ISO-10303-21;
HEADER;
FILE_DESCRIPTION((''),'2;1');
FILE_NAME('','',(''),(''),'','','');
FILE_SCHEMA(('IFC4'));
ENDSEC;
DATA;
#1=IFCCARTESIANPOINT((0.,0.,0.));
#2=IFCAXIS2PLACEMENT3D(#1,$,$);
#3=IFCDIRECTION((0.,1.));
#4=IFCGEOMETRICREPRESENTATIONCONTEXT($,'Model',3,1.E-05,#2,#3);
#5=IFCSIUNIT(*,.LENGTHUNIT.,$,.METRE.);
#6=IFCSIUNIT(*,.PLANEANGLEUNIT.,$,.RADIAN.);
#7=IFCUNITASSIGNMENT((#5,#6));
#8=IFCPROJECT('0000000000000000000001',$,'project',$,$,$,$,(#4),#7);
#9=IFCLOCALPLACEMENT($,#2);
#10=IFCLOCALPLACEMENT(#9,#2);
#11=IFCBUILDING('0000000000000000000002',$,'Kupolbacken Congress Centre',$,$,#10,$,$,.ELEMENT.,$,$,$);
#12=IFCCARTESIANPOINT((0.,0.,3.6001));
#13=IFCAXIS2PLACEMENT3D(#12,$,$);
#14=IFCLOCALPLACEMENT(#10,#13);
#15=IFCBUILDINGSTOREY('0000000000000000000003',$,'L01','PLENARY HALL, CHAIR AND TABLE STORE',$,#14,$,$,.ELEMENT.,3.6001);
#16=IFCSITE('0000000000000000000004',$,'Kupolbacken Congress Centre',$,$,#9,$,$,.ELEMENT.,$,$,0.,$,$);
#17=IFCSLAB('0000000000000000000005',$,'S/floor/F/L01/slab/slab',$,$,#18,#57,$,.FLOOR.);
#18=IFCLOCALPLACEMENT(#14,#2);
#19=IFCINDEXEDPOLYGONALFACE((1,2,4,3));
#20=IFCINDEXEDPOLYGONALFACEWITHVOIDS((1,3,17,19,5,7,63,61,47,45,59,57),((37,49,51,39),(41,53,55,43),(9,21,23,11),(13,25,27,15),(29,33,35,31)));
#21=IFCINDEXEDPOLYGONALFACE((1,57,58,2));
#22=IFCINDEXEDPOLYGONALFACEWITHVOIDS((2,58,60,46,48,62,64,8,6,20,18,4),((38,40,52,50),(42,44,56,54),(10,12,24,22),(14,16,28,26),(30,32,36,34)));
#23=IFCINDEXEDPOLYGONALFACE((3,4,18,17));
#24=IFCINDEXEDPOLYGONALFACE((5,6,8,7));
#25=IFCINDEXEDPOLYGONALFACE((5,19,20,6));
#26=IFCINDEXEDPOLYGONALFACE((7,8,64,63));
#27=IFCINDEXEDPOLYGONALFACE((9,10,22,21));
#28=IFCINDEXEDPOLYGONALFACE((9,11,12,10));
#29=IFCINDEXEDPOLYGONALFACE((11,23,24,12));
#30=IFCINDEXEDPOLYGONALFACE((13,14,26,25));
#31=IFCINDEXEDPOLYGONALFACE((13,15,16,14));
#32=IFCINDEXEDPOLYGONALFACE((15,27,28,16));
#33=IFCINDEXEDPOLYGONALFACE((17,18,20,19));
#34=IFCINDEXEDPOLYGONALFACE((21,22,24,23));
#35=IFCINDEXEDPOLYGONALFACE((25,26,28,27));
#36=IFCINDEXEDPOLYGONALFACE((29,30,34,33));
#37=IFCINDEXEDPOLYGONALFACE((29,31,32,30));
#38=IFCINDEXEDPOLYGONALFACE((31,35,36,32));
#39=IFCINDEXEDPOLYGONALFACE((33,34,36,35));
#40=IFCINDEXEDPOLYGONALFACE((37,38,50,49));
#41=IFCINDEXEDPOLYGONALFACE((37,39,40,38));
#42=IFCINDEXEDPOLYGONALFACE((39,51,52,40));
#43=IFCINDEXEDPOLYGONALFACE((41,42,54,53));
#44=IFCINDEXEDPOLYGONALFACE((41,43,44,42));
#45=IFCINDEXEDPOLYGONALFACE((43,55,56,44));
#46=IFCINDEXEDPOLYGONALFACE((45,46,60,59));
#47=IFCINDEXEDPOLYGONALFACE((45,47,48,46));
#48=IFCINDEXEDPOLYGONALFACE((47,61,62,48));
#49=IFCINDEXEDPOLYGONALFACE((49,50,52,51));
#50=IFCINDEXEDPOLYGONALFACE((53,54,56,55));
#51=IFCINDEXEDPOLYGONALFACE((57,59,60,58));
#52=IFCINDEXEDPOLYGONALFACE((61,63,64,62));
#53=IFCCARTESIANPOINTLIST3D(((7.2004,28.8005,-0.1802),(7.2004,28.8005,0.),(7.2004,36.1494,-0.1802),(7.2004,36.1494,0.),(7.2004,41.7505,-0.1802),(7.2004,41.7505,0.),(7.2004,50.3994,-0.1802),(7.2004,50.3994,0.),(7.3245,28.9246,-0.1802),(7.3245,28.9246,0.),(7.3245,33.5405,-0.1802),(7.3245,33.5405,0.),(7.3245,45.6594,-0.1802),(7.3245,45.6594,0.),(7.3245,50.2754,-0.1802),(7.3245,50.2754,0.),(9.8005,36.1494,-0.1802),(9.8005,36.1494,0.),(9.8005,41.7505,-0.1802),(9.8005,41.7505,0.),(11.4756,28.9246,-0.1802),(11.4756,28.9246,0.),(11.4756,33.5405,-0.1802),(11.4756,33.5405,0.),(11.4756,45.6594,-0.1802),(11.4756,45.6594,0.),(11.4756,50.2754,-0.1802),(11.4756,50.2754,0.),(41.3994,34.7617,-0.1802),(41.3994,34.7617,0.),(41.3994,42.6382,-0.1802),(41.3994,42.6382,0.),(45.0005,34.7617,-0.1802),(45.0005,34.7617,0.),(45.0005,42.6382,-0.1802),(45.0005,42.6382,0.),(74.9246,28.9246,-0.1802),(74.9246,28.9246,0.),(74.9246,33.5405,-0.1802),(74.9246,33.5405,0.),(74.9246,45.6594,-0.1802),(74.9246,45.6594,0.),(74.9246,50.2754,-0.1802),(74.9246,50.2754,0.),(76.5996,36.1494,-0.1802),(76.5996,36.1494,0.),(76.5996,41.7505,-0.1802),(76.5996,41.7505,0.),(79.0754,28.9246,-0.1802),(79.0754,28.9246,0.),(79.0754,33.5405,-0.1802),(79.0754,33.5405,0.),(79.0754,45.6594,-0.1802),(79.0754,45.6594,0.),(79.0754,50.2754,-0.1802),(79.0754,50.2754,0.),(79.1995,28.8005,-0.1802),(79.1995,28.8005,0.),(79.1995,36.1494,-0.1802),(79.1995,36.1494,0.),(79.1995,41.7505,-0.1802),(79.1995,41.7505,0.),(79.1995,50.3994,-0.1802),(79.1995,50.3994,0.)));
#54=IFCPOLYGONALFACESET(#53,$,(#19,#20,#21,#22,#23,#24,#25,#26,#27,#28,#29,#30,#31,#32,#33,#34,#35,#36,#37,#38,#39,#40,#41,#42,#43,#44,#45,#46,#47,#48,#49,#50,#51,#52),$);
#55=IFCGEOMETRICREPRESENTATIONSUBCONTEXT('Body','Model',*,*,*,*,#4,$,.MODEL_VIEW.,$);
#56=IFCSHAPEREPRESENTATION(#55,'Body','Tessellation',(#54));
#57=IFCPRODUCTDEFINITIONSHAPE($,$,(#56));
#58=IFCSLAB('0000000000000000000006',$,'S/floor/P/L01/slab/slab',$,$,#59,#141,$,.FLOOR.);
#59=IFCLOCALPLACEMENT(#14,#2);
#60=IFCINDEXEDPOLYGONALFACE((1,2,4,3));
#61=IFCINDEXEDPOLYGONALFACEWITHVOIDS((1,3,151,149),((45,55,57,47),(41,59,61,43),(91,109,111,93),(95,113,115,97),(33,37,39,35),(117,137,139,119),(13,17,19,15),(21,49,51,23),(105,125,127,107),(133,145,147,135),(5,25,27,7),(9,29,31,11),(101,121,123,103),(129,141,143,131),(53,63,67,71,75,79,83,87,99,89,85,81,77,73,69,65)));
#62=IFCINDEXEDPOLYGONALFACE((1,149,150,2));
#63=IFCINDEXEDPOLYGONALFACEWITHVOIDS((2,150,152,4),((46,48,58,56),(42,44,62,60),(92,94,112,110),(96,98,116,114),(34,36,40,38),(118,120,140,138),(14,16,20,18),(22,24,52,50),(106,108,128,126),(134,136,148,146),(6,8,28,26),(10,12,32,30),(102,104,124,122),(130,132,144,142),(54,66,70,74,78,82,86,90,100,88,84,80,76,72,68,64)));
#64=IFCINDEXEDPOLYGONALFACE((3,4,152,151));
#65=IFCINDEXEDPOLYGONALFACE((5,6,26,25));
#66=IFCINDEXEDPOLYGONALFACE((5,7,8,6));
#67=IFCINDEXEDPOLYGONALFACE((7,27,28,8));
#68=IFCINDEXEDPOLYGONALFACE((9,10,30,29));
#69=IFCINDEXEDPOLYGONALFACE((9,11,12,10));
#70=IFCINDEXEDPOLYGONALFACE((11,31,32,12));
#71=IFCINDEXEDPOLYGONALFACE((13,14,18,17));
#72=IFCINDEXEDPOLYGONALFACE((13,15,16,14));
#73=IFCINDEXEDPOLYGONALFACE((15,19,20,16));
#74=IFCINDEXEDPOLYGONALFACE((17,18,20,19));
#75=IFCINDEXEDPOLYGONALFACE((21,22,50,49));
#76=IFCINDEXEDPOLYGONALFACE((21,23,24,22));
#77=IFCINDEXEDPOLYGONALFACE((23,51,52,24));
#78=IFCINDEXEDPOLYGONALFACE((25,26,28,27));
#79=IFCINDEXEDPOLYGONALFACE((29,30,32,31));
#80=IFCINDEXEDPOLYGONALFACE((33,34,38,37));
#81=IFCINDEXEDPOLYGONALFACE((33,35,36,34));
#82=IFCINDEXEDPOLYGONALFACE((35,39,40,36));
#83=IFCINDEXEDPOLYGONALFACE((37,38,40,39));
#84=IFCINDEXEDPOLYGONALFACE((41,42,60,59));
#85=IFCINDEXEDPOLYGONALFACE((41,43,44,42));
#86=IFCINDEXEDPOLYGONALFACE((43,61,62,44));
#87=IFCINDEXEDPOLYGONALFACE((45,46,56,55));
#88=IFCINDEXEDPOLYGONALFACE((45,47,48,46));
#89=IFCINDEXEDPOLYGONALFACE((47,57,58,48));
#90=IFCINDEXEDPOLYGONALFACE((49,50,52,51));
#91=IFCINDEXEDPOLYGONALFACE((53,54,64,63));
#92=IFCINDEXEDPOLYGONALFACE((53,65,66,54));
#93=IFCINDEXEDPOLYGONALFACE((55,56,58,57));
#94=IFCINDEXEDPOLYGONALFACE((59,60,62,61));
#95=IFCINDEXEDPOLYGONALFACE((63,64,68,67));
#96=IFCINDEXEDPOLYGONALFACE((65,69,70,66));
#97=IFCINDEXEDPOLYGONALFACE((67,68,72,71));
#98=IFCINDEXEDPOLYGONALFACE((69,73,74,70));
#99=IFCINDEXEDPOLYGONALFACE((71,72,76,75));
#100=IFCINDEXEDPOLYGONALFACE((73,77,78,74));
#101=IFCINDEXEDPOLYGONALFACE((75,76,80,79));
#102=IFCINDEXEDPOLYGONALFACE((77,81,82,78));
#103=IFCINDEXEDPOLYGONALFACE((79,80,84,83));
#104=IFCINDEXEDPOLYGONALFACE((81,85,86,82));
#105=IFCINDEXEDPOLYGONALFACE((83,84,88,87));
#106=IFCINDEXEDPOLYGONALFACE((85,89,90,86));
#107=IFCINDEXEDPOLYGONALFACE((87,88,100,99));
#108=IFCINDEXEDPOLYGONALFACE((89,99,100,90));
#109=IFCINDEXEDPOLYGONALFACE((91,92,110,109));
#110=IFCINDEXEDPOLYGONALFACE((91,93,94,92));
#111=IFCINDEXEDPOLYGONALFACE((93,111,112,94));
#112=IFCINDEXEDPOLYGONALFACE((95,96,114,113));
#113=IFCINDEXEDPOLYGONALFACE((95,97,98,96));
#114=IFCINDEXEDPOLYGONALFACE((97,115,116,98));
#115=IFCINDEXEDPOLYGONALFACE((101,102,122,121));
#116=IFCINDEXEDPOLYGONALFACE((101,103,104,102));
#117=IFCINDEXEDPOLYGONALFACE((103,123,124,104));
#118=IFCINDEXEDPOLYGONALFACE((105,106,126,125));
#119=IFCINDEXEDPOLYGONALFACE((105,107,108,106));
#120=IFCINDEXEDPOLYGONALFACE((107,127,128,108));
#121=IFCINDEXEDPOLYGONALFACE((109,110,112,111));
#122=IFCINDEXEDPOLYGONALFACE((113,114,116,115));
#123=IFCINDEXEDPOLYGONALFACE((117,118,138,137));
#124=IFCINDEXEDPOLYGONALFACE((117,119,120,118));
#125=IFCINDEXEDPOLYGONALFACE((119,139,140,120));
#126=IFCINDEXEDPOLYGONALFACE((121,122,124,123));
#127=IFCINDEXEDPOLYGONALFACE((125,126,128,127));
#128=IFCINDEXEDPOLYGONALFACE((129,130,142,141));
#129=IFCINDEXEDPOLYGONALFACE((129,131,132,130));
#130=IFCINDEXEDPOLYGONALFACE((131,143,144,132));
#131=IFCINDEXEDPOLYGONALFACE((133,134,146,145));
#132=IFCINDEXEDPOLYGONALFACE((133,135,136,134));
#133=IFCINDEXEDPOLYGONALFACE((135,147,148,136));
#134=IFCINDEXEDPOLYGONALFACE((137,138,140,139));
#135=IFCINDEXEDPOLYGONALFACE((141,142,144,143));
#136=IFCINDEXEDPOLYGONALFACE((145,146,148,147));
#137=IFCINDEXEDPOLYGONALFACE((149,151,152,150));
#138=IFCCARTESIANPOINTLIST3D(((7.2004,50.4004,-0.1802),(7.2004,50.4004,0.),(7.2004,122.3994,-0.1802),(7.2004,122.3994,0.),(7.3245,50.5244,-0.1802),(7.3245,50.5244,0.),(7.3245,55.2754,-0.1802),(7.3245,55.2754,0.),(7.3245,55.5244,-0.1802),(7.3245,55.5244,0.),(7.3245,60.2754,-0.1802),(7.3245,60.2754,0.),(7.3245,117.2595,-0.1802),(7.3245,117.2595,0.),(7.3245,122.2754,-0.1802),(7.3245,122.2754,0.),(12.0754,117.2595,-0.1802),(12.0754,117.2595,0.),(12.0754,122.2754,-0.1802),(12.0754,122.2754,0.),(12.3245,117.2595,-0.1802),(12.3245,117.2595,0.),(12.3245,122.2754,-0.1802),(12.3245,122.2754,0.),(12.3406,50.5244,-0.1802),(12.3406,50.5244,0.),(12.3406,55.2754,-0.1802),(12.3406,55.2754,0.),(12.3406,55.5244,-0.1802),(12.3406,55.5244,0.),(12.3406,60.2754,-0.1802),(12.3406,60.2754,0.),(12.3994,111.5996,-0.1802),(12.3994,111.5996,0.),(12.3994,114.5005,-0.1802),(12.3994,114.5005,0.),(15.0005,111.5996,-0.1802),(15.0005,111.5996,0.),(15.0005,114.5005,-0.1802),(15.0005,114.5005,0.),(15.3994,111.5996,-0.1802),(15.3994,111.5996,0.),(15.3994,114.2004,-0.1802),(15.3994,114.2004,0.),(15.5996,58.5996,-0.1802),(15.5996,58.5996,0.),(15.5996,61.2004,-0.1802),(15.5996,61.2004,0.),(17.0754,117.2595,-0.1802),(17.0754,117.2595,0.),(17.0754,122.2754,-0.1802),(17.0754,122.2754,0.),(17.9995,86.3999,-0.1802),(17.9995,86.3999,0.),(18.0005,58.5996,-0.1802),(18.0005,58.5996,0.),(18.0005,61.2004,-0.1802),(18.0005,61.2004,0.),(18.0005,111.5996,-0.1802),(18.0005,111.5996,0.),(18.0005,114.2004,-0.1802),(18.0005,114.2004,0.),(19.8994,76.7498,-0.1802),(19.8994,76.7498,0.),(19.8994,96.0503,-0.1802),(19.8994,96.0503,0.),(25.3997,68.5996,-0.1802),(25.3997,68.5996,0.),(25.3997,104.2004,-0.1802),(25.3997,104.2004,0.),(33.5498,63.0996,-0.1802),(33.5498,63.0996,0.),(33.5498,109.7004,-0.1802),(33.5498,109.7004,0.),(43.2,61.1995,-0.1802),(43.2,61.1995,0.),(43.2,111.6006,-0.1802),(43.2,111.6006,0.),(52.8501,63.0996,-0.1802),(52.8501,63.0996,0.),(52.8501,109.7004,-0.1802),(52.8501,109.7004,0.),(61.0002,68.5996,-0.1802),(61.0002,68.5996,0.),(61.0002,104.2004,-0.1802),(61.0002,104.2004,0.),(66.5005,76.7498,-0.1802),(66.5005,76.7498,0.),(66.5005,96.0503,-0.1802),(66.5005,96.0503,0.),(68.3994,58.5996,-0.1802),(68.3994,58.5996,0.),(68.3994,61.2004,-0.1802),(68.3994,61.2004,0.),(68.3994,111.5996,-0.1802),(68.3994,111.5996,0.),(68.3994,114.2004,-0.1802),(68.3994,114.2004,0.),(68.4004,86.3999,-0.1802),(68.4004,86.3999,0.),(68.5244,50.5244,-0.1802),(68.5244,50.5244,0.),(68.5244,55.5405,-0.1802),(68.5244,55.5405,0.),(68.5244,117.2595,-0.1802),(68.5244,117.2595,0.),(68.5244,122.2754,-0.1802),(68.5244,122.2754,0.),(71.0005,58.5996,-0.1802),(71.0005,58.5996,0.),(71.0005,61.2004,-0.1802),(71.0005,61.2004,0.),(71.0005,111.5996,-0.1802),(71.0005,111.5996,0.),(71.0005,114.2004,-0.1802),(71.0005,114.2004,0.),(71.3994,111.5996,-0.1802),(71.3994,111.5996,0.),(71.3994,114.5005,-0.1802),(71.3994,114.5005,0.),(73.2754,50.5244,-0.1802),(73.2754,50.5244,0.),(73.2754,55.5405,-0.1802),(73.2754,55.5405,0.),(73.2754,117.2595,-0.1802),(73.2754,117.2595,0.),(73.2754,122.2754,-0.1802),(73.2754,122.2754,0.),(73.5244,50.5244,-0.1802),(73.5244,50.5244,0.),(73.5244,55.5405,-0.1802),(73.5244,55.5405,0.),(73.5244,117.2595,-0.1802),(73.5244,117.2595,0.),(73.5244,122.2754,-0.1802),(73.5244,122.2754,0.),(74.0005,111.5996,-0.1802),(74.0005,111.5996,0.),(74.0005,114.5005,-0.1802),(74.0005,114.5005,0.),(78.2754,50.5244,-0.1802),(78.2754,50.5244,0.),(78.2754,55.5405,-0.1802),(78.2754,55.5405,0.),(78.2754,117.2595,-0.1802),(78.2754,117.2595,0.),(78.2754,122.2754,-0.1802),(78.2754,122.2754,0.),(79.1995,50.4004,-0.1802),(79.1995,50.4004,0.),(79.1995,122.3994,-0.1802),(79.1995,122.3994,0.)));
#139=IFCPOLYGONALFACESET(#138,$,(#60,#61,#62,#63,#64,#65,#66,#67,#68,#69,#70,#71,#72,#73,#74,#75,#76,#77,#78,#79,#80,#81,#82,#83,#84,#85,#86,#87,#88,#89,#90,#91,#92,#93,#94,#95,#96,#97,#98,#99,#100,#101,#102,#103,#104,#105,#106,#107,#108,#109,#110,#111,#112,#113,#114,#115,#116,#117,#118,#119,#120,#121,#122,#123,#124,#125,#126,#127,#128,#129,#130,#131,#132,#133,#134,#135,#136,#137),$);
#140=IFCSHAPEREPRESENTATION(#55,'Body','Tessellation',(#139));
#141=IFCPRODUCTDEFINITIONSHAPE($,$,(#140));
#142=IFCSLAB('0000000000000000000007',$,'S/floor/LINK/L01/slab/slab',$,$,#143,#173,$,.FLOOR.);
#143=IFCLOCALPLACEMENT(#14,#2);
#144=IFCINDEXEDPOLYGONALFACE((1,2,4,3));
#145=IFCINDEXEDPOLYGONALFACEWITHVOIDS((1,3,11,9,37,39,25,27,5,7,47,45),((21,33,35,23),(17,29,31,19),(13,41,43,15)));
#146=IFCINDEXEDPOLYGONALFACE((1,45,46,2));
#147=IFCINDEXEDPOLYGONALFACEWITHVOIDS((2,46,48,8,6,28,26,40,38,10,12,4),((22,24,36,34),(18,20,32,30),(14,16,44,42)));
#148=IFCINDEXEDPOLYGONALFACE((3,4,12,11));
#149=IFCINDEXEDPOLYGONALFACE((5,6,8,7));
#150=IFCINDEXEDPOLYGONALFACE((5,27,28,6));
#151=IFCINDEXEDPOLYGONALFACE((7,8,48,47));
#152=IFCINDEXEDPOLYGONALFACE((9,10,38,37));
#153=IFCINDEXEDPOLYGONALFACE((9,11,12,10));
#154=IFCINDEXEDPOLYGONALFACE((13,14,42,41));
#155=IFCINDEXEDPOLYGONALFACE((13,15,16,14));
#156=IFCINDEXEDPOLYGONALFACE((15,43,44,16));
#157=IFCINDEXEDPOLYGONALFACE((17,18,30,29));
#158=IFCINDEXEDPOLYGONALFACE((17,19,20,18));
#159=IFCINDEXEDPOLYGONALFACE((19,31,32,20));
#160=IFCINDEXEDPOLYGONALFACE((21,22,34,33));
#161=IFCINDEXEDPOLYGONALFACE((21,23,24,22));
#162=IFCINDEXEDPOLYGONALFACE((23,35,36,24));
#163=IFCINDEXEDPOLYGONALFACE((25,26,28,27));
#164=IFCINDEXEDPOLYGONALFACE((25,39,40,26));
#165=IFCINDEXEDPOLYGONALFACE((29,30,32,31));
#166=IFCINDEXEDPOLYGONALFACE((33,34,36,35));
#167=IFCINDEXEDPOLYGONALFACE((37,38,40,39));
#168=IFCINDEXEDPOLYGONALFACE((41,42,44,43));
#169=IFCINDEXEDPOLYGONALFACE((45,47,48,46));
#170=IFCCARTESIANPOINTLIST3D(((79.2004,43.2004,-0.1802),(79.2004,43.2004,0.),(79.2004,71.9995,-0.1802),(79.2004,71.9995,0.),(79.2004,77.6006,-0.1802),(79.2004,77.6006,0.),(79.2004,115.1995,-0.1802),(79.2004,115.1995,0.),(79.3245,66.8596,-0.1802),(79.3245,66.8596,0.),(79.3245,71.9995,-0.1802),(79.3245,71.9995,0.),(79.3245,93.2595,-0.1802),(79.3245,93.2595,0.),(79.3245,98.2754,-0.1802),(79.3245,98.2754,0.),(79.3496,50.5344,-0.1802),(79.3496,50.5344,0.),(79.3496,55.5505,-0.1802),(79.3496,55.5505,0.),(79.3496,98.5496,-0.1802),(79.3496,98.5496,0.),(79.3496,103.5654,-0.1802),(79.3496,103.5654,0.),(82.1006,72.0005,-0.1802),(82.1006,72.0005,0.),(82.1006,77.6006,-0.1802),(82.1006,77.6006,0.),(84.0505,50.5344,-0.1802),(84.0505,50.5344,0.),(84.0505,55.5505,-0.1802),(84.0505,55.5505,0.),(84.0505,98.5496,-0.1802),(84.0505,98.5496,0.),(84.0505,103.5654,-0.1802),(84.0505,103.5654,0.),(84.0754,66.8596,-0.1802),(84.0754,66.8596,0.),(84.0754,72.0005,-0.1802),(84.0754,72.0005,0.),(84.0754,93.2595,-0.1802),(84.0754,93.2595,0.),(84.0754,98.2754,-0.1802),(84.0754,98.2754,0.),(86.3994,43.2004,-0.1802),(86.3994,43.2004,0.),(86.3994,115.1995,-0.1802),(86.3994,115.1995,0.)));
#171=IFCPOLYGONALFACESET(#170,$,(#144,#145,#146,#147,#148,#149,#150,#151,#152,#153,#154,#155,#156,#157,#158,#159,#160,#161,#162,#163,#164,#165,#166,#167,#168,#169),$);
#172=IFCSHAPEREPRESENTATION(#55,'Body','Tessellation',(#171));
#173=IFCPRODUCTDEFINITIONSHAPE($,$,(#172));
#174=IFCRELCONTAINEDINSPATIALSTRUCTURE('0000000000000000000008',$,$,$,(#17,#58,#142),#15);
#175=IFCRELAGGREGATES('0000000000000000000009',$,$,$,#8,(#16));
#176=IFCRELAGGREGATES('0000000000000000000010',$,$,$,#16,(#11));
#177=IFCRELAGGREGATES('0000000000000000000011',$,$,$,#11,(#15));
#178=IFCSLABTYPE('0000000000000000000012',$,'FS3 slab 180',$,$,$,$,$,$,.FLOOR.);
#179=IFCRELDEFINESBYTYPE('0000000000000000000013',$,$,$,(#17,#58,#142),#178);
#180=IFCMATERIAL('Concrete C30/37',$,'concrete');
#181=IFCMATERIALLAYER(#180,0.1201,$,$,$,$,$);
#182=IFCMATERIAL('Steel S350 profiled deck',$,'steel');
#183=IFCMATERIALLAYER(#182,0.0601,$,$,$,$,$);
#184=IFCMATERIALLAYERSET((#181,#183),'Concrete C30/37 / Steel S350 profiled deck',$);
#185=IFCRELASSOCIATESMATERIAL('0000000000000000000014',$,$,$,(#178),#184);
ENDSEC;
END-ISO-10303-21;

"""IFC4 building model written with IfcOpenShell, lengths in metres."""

from ifc_helpers import new_model, si_unit, direction, frame, origin, place, context, subcontext, project, spatial, polyline, outline, extrude, material, layer, layer_set, type_object, element, save


model = new_model("IFC4")

# Units and contexts
model_context = context("Model", 3, precision=1e-05, world=origin(), true_north=direction((0.0, 1.0)))
body_context = subcontext(model_context, "Body", "Model", "MODEL_VIEW")
ifc_project = project(units=[si_unit("LENGTHUNIT", "METRE"), si_unit("PLANEANGLEUNIT", "RADIAN")], contexts=[model_context])

# Site, building, storey
site_placement = place(None, origin())
site = spatial("IfcSite", under=ifc_project, at=site_placement, Name="Kupolbacken Congress Centre", CompositionType="ELEMENT", RefElevation=0.0)
building_placement = place(site_placement, origin())
building = spatial("IfcBuilding", under=site, at=building_placement, Name="Kupolbacken Congress Centre", CompositionType="ELEMENT")
storey_placement = place(building_placement, frame((0.0, 0.0, 3.6001)))
storey = spatial("IfcBuildingStorey", under=building, at=storey_placement, Name="L01", Description="PLENARY HALL, CHAIR AND TABLE STORE", CompositionType="ELEMENT", Elevation=3.6001)

# Slabs
ifc_material_1 = material(Name="Concrete C30/37", Category="concrete")
ifc_layer_1 = layer(ifc_material_1, 0.1201)
ifc_material_2 = material(Name="Steel S350 profiled deck", Category="steel")
ifc_layer_2 = layer(ifc_material_2, 0.0601)
ifc_layer_set_1 = layer_set([ifc_layer_1, ifc_layer_2], Name="Concrete C30/37 / Steel S350 profiled deck")
slab_type_1 = type_object("IfcSlabType", Name="FS3 slab 180", PredefinedType="FLOOR", material=ifc_layer_set_1)
slab_1_placement = place(storey_placement, frame((0.0, 0.0, -0.1802)))
element("IfcSlab", 1, at=slab_1_placement, inside=storey, type_object=slab_type_1, Name="S/floor/F/L01/slab/slab", PredefinedType="FLOOR", context=body_context, shape_type="SweptSolid", body=[
    extrude(outline(polyline([(79.1995, 28.8005), (79.1995, 36.1494), (76.5996, 36.1494), (76.5996, 41.7505), (79.1995, 41.7505), (79.1995, 50.3994), (7.2004, 50.3994), (7.2004, 41.7505), (9.8005, 41.7505), (9.8005, 36.1494), (7.2004, 36.1494), (7.2004, 28.8005), (79.1995, 28.8005)]), holes=[polyline([(79.0754, 33.5405), (79.0754, 28.9246), (74.9246, 28.9246), (74.9246, 33.5405), (79.0754, 33.5405)]), polyline([(79.0754, 45.6594), (74.9246, 45.6594), (74.9246, 50.2754), (79.0754, 50.2754), (79.0754, 45.6594)]), polyline([(41.3994, 34.7617), (41.3994, 42.6382), (45.0005, 42.6382), (45.0005, 34.7617), (41.3994, 34.7617)]), polyline([(7.3245, 33.5405), (11.4756, 33.5405), (11.4756, 28.9246), (7.3245, 28.9246), (7.3245, 33.5405)]), polyline([(11.4756, 45.6594), (7.3245, 45.6594), (7.3245, 50.2754), (11.4756, 50.2754), (11.4756, 45.6594)])]), origin(), (0.0, 0.0, 1.0), 0.1802),
])
slab_2_placement = place(storey_placement, frame((0.0, 0.0, -0.1802)))
element("IfcSlab", 2, at=slab_2_placement, inside=storey, type_object=slab_type_1, Name="S/floor/P/L01/slab/slab", PredefinedType="FLOOR", context=body_context, shape_type="SweptSolid", body=[
    extrude(outline(polyline([(7.2004, 50.4004), (79.1995, 50.4004), (79.1995, 122.3994), (7.2004, 122.3994), (7.2004, 50.4004)]), holes=[polyline([(73.5244, 50.5244), (73.5244, 55.5405), (78.2754, 55.5405), (78.2754, 50.5244), (73.5244, 50.5244)]), polyline([(73.5244, 117.2595), (73.5244, 122.2754), (78.2754, 122.2754), (78.2754, 117.2595), (73.5244, 117.2595)]), polyline([(71.3994, 111.5996), (71.3994, 114.5005), (74.0005, 114.5005), (74.0005, 111.5996), (71.3994, 111.5996)]), polyline([(73.2754, 50.5244), (68.5244, 50.5244), (68.5244, 55.5405), (73.2754, 55.5405), (73.2754, 50.5244)]), polyline([(68.5244, 117.2595), (68.5244, 122.2754), (73.2754, 122.2754), (73.2754, 117.2595), (68.5244, 117.2595)]), polyline([(68.3994, 58.5996), (68.3994, 61.2004), (71.0005, 61.2004), (71.0005, 58.5996), (68.3994, 58.5996)]), polyline([(68.3994, 111.5996), (68.3994, 114.2004), (71.0005, 114.2004), (71.0005, 111.5996), (68.3994, 111.5996)]), polyline([(52.8501, 63.0996), (43.2, 61.1995), (33.5498, 63.0996), (25.3997, 68.5996), (19.8994, 76.7498), (17.9995, 86.3999), (19.8994, 96.0503), (25.3997, 104.2004), (33.5498, 109.7004), (43.2, 111.6006), (52.8501, 109.7004), (61.0002, 104.2004), (66.5005, 96.0503), (68.4004, 86.3999), (66.5005, 76.7498), (61.0002, 68.5996), (52.8501, 63.0996)]), polyline([(15.5996, 58.5996), (15.5996, 61.2004), (18.0005, 61.2004), (18.0005, 58.5996), (15.5996, 58.5996)]), polyline([(15.3994, 111.5996), (15.3994, 114.2004), (18.0005, 114.2004), (18.0005, 111.5996), (15.3994, 111.5996)]), polyline([(12.3245, 117.2595), (12.3245, 122.2754), (17.0754, 122.2754), (17.0754, 117.2595), (12.3245, 117.2595)]), polyline([(12.3994, 111.5996), (12.3994, 114.5005), (15.0005, 114.5005), (15.0005, 111.5996), (12.3994, 111.5996)]), polyline([(12.3406, 55.2754), (12.3406, 50.5244), (7.3245, 50.5244), (7.3245, 55.2754), (12.3406, 55.2754)]), polyline([(7.3245, 55.5244), (7.3245, 60.2754), (12.3406, 60.2754), (12.3406, 55.5244), (7.3245, 55.5244)]), polyline([(7.3245, 117.2595), (7.3245, 122.2754), (12.0754, 122.2754), (12.0754, 117.2595), (7.3245, 117.2595)])]), origin(), (0.0, 0.0, 1.0), 0.1802),
])
slab_3_placement = place(storey_placement, frame((0.0, 0.0, -0.1802)))
element("IfcSlab", 3, at=slab_3_placement, inside=storey, type_object=slab_type_1, Name="S/floor/LINK/L01/slab/slab", PredefinedType="FLOOR", context=body_context, shape_type="SweptSolid", body=[
    extrude(outline(polyline([(86.3994, 43.2004), (86.3994, 115.1995), (79.2004, 115.1995), (79.2004, 77.6006), (82.1006, 77.6006), (82.1006, 72.0005), (84.0754, 72.0005), (84.0754, 66.8596), (79.3245, 66.8596), (79.3245, 71.9995), (79.2004, 71.9995), (79.2004, 43.2004), (86.3994, 43.2004)]), holes=[polyline([(79.3245, 98.2754), (84.0754, 98.2754), (84.0754, 93.2595), (79.3245, 93.2595), (79.3245, 98.2754)]), polyline([(79.3496, 103.5654), (84.0505, 103.5654), (84.0505, 98.5496), (79.3496, 98.5496), (79.3496, 103.5654)]), polyline([(79.3496, 50.5344), (79.3496, 55.5505), (84.0505, 55.5505), (84.0505, 50.5344), (79.3496, 50.5344)])]), origin(), (0.0, 0.0, 1.0), 0.1802),
])

save(model, "model.ifc")
